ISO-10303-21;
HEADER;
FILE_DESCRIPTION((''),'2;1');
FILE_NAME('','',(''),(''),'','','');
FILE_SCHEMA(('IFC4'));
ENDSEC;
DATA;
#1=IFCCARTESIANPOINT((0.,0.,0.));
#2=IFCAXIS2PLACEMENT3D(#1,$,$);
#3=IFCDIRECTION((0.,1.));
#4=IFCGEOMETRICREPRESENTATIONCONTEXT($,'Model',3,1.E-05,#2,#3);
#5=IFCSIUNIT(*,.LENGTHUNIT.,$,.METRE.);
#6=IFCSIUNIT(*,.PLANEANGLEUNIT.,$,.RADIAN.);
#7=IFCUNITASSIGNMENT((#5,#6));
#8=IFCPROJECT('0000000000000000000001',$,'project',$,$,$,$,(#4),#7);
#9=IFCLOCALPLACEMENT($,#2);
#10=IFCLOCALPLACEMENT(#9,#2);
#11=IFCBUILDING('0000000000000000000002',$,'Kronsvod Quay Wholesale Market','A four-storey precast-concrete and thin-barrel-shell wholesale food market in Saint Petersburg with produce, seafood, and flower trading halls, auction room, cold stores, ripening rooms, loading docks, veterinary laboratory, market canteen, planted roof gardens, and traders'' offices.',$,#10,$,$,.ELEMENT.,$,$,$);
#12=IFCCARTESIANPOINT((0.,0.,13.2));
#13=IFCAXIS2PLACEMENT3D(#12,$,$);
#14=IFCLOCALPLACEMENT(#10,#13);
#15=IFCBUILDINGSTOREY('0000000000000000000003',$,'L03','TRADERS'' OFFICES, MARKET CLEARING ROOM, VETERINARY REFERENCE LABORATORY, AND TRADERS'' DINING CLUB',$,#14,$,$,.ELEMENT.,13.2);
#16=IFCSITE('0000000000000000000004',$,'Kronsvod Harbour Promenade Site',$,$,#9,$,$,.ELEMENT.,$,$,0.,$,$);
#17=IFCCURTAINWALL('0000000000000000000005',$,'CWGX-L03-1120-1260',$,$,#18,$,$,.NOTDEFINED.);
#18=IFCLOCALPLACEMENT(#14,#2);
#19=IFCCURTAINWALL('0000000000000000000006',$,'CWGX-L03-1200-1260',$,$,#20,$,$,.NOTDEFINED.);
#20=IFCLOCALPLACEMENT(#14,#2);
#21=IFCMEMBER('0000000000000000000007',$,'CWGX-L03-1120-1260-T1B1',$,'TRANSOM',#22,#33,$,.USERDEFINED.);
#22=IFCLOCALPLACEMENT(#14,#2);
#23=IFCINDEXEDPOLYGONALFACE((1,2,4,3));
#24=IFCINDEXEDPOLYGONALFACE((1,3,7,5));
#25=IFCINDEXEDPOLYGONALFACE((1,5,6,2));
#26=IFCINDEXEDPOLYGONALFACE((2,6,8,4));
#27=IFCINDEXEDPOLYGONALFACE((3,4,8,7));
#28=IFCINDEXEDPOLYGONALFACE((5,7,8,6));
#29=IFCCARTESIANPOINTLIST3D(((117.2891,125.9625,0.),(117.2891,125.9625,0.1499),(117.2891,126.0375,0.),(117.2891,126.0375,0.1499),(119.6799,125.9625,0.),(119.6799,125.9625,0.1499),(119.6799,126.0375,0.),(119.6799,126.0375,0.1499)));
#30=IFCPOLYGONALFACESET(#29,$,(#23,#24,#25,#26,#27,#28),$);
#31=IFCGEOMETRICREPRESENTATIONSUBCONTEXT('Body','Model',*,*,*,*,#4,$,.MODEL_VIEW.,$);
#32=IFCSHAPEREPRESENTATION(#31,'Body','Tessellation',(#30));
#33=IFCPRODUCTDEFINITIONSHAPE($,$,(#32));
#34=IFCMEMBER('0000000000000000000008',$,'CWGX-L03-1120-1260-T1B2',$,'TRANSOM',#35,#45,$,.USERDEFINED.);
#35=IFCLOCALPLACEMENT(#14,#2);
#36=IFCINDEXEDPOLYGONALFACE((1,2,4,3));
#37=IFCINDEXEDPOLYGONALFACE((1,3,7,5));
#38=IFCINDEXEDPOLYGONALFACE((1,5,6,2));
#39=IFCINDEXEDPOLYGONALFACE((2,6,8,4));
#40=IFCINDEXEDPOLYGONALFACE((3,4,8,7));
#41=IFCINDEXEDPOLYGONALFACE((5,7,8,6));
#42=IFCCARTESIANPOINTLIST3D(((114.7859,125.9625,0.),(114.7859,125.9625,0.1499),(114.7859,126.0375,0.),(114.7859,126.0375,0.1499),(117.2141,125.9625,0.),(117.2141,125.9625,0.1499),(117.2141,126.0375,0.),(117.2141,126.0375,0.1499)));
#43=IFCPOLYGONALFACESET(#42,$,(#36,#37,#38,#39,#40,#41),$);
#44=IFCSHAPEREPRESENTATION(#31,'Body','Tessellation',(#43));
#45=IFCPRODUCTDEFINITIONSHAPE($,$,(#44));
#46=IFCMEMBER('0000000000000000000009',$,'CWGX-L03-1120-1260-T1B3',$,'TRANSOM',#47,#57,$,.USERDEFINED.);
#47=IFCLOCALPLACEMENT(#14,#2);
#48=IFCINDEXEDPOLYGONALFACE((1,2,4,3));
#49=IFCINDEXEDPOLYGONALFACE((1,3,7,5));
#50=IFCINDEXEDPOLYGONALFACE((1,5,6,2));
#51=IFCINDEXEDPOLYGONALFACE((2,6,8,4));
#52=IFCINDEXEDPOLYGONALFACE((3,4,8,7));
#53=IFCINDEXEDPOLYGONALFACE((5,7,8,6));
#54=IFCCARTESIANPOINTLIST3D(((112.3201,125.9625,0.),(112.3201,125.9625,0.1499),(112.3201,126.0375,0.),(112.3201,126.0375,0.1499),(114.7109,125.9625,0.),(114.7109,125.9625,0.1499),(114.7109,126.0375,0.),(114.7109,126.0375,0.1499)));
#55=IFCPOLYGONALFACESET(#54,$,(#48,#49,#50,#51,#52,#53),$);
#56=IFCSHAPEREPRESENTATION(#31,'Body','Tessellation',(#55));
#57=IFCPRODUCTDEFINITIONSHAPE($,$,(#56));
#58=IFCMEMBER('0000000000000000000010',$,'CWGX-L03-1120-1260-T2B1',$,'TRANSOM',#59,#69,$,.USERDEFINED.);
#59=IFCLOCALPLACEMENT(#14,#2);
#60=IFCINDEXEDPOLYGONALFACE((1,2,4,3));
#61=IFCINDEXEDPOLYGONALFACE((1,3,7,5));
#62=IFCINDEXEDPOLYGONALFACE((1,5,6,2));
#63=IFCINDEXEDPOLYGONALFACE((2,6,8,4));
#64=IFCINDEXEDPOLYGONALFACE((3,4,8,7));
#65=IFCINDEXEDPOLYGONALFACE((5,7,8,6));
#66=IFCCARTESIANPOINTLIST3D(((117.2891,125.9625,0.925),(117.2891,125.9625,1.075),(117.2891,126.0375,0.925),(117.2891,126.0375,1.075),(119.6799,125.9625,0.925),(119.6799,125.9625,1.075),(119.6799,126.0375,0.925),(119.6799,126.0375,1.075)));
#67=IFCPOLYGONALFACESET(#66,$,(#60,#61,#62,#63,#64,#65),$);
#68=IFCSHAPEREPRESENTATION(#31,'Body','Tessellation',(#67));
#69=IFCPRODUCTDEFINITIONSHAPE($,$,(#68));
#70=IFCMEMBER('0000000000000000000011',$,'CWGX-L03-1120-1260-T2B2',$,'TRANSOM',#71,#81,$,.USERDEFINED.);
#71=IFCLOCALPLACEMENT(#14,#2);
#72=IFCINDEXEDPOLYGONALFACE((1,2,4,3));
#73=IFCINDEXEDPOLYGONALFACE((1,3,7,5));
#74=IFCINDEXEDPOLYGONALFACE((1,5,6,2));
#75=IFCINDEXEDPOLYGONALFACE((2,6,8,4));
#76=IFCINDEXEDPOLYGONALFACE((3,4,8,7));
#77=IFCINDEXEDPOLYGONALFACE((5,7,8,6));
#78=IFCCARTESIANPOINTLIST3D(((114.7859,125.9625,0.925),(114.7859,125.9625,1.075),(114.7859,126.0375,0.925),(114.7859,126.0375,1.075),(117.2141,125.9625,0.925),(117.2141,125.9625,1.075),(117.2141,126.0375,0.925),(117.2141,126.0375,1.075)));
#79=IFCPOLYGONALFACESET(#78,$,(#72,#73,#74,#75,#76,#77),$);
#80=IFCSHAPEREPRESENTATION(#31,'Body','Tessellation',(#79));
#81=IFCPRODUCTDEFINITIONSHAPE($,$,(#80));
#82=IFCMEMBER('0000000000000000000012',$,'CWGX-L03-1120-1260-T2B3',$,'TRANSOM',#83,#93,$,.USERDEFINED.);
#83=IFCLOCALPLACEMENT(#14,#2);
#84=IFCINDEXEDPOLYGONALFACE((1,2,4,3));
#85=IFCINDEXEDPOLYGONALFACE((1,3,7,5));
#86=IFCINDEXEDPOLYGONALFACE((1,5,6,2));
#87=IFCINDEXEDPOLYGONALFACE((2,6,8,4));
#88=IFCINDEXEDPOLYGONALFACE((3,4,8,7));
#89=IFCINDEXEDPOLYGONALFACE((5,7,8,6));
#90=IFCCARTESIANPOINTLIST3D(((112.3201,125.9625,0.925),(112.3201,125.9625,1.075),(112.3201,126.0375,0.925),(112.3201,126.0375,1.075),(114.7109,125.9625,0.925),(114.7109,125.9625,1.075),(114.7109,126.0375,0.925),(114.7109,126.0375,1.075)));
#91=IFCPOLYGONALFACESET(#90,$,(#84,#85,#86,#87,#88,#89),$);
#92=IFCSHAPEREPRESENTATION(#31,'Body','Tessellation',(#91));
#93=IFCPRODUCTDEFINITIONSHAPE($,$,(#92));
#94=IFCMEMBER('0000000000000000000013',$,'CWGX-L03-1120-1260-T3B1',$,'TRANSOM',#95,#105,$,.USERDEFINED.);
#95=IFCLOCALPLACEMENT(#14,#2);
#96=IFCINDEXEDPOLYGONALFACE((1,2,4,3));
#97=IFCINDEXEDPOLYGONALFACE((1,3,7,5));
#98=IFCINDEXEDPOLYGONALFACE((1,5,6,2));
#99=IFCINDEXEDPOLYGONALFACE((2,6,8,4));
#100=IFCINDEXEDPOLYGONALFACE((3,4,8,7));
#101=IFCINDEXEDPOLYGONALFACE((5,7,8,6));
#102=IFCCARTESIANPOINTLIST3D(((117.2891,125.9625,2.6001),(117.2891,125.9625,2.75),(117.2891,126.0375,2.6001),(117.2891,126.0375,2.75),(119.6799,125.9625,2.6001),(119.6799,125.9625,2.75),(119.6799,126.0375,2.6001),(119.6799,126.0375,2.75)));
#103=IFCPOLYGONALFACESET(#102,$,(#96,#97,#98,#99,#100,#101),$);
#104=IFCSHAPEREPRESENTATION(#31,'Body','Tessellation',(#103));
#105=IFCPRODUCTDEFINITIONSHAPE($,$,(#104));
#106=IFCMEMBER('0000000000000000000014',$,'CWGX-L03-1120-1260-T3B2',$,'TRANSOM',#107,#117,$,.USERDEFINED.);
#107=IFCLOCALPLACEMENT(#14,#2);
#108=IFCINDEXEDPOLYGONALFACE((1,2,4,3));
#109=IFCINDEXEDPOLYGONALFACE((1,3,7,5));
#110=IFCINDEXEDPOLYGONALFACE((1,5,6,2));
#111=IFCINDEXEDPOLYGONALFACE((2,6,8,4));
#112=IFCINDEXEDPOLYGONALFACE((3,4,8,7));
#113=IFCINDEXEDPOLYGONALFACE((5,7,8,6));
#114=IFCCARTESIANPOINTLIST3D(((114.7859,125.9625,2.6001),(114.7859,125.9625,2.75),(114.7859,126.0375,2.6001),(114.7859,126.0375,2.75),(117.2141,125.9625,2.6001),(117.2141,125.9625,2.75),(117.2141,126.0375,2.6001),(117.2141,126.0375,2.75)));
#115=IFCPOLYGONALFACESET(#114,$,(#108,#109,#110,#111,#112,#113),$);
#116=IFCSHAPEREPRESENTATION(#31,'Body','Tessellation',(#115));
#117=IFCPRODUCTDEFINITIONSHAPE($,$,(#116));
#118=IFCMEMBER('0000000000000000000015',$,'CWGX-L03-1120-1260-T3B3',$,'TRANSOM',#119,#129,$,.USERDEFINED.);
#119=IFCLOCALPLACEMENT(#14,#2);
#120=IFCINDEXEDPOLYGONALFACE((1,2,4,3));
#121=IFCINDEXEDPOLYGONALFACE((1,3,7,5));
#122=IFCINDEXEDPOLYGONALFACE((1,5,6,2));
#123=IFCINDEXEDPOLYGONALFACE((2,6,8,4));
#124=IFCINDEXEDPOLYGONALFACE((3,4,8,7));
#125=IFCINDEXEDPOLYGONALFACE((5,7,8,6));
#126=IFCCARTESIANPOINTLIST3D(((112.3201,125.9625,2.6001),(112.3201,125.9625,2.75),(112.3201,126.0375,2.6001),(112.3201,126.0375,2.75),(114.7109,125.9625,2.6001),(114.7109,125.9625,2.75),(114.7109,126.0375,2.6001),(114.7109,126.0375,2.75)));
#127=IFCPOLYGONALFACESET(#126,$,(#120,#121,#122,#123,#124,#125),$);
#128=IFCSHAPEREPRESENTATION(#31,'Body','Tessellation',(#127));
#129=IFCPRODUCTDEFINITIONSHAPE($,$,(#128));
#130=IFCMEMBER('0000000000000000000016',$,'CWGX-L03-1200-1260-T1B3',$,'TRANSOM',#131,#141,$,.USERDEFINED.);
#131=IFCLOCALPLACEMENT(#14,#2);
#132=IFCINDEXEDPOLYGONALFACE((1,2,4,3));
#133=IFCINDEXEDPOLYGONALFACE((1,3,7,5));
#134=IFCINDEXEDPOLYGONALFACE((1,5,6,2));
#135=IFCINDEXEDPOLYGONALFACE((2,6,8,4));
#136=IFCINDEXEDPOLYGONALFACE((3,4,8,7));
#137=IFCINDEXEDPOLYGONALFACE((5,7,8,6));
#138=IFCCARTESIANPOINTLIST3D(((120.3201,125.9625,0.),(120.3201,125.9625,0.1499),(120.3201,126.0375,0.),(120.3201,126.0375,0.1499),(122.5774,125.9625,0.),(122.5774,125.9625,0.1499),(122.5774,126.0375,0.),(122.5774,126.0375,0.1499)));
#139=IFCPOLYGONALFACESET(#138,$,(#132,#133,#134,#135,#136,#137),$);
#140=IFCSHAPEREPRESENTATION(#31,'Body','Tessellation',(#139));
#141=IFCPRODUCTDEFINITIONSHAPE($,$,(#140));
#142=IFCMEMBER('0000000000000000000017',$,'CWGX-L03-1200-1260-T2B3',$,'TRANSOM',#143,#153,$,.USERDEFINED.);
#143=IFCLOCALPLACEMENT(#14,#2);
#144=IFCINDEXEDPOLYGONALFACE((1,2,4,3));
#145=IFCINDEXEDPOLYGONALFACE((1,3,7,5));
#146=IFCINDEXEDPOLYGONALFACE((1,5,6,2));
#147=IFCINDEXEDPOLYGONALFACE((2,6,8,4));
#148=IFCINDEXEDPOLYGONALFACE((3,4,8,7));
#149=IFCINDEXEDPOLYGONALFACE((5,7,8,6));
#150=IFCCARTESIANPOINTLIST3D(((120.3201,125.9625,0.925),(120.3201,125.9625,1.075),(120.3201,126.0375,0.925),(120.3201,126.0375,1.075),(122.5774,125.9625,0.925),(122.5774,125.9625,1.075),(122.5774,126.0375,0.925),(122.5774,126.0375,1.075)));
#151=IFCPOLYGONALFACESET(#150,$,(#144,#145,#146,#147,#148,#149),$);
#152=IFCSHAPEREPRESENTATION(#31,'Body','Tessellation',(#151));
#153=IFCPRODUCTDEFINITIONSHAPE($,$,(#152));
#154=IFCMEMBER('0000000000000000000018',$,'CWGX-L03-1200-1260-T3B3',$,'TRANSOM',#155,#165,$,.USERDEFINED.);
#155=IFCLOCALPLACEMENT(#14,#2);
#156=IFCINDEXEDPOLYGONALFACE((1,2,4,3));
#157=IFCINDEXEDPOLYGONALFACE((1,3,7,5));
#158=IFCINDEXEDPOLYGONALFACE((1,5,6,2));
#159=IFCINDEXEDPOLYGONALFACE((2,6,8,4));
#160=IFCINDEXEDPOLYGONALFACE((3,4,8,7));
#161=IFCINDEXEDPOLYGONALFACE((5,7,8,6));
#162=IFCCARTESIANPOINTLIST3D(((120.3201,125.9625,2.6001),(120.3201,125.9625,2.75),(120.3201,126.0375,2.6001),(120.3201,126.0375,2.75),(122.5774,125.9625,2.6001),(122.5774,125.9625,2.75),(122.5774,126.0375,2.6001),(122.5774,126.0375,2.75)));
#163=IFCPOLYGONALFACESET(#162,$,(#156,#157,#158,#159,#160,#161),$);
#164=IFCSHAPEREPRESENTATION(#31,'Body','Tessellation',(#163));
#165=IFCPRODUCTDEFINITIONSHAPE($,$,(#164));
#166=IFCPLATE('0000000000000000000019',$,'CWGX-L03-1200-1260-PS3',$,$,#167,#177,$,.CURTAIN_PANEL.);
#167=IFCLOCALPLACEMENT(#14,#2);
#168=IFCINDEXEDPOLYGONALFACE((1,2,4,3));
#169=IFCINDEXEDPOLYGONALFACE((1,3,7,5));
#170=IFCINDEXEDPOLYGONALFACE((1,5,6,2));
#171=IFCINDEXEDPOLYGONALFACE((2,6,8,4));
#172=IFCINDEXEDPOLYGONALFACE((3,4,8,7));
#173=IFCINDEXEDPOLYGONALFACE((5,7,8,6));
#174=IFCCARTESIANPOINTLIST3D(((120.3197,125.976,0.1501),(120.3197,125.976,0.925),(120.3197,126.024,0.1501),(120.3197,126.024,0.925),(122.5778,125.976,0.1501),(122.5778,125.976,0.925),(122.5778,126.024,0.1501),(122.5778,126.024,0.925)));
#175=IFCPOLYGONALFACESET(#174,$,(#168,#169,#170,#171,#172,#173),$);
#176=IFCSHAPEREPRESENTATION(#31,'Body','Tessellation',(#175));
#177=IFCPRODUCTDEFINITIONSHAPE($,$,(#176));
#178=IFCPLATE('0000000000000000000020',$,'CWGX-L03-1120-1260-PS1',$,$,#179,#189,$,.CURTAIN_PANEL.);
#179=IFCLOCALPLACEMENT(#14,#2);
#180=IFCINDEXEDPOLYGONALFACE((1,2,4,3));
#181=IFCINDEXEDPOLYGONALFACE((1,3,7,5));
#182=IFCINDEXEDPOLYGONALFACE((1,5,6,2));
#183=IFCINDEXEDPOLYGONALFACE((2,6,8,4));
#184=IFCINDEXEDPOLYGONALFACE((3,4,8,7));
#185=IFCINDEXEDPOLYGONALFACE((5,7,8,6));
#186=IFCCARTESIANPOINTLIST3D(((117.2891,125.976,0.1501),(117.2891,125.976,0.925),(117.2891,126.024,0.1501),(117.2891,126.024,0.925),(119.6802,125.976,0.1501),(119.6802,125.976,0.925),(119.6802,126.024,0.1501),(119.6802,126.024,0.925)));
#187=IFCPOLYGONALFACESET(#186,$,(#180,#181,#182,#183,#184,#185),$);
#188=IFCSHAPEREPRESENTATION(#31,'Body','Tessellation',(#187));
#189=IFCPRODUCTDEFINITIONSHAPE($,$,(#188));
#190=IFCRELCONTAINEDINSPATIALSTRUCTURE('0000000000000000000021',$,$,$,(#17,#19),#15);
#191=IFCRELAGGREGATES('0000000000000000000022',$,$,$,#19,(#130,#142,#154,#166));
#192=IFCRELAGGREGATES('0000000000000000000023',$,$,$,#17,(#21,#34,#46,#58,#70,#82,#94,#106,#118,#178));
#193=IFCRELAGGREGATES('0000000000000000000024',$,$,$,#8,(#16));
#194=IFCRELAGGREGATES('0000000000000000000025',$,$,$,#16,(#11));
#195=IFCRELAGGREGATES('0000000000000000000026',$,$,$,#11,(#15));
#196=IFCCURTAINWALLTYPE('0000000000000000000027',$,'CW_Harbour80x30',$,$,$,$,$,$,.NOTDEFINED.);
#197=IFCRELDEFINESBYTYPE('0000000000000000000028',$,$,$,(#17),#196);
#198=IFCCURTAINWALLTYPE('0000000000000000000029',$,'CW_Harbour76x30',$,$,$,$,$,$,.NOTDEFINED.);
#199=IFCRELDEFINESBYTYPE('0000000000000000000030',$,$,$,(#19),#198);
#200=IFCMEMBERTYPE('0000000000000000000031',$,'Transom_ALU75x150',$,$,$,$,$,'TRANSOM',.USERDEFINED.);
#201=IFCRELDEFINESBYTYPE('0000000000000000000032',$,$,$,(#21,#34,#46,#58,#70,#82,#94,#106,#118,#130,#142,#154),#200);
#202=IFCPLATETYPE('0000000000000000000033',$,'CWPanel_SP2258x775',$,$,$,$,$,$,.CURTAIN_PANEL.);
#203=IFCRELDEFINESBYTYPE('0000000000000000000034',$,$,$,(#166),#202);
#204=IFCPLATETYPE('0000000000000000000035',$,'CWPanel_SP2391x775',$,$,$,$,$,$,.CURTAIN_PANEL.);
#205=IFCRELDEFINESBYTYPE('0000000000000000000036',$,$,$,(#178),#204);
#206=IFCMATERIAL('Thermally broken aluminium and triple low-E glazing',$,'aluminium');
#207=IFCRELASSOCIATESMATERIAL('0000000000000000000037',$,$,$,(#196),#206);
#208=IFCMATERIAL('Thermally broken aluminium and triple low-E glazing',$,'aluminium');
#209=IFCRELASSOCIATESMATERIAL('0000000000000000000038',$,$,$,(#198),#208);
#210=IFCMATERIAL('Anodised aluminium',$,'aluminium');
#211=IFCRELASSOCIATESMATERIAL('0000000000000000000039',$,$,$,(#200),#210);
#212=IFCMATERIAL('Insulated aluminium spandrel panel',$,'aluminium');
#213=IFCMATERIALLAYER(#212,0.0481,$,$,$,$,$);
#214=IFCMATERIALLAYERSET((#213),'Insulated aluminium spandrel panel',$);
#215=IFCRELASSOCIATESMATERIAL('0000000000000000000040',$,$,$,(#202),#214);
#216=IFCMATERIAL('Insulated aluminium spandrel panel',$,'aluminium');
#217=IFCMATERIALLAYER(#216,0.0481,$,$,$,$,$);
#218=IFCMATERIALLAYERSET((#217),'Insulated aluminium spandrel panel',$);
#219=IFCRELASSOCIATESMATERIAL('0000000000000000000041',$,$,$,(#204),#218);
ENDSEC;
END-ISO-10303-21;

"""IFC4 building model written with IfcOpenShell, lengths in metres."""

from ifc_helpers import new_model, si_unit, direction, frame, origin, origin_2d, place, context, subcontext, project, spatial, rectangle, extrude, material, layer, layer_set, material_profile, profile_set, type_object, element, aggregate, save


model = new_model("IFC4")

# Units and contexts
model_context = context("Model", 3, precision=1e-05, world=origin(), true_north=direction((0.0, 1.0)))
body_context = subcontext(model_context, "Body", "Model", "MODEL_VIEW")
ifc_project = project(units=[si_unit("LENGTHUNIT", "METRE"), si_unit("PLANEANGLEUNIT", "RADIAN")], contexts=[model_context])

# Site, building, storey
site_placement = place(None, origin())
site = spatial("IfcSite", under=ifc_project, at=site_placement, Name="Kronsvod Harbour Promenade Site", CompositionType="ELEMENT", RefElevation=0.0)
building_placement = place(site_placement, origin())
building = spatial("IfcBuilding", under=site, at=building_placement, Name="Kronsvod Quay Wholesale Market", Description="A four-storey precast-concrete and thin-barrel-shell wholesale food market in Saint Petersburg with produce, seafood, and flower trading halls, auction room, cold stores, ripening rooms, loading docks, veterinary laboratory, market canteen, planted roof gardens, and traders' offices.", CompositionType="ELEMENT")
storey_placement = place(building_placement, frame((0.0, 0.0, 13.2)))
storey = spatial("IfcBuildingStorey", under=building, at=storey_placement, Name="L03", Description="TRADERS' OFFICES, MARKET CLEARING ROOM, VETERINARY REFERENCE LABORATORY, AND TRADERS' DINING CLUB", CompositionType="ELEMENT", Elevation=13.2)

# Shared definitions
ifc_material_1 = material(Name="Thermally broken aluminium and triple low-E glazing", Category="aluminium")
curtain_wall_type_1 = type_object("IfcCurtainWallType", Name="CW_Harbour80x30", PredefinedType="NOTDEFINED", material=ifc_material_1)

# Curtain walls
curtain_wall_1_placement = place(storey_placement, origin())
curtain_wall_1 = element("IfcCurtainWall", 1, at=curtain_wall_1_placement, inside=storey, type_object=curtain_wall_type_1, Name="CWGX-L03-1120-1260", PredefinedType="NOTDEFINED")
ifc_material_2 = material(Name="Thermally broken aluminium and triple low-E glazing", Category="aluminium")
curtain_wall_type_2 = type_object("IfcCurtainWallType", Name="CW_Harbour76x30", PredefinedType="NOTDEFINED", material=ifc_material_2)
curtain_wall_2_placement = place(storey_placement, origin())
curtain_wall_2 = element("IfcCurtainWall", 2, at=curtain_wall_2_placement, inside=storey, type_object=curtain_wall_type_2, Name="CWGX-L03-1200-1260", PredefinedType="NOTDEFINED")

# Members
ifc_material_3 = material(Name="Anodised aluminium", Category="aluminium")
ifc_material_profile_1 = material_profile(ifc_material_3, rectangle(XDim=0.075, YDim=0.1499, at=origin_2d()), Name="ALUT75x150")
ifc_profile_set_1 = profile_set([ifc_material_profile_1], Name="Anodised aluminium")
member_type_1 = type_object("IfcMemberType", Name="Transom_ALU75x150", ElementType="TRANSOM", PredefinedType="USERDEFINED", material=ifc_profile_set_1)
member_1_placement = place(storey_placement, frame((119.6799, 126.0, 0.075), z_axis=(-1.0, 0.0, 0.0), x_axis=(0.0, -1.0, 0.0)))
member_1 = element("IfcMember", 3, at=member_1_placement, type_object=member_type_1, Name="CWGX-L03-1120-1260-T1B1", ObjectType="TRANSOM", PredefinedType="USERDEFINED", context=body_context, shape_type="SweptSolid", body=[
    extrude(rectangle(XDim=0.075, YDim=0.1499, at=origin_2d()), origin(), (0.0, 0.0, 1.0), 2.3909),
])
member_2_placement = place(storey_placement, frame((117.2141, 126.0, 0.075), z_axis=(-1.0, 0.0, 0.0), x_axis=(0.0, -1.0, 0.0)))
member_2 = element("IfcMember", 4, at=member_2_placement, type_object=member_type_1, Name="CWGX-L03-1120-1260-T1B2", ObjectType="TRANSOM", PredefinedType="USERDEFINED", context=body_context, shape_type="SweptSolid", body=[
    extrude(rectangle(XDim=0.075, YDim=0.1499, at=origin_2d()), origin(), (0.0, 0.0, 1.0), 2.4282),
])
member_3_placement = place(storey_placement, frame((114.7109, 126.0, 0.075), z_axis=(-1.0, 0.0, 0.0), x_axis=(0.0, -1.0, 0.0)))
member_3 = element("IfcMember", 5, at=member_3_placement, type_object=member_type_1, Name="CWGX-L03-1120-1260-T1B3", ObjectType="TRANSOM", PredefinedType="USERDEFINED", context=body_context, shape_type="SweptSolid", body=[
    extrude(rectangle(XDim=0.075, YDim=0.1499, at=origin_2d()), origin(), (0.0, 0.0, 1.0), 2.3909),
])
member_4_placement = place(storey_placement, frame((119.6799, 126.0, 1.0), z_axis=(-1.0, 0.0, 0.0), x_axis=(0.0, -1.0, 0.0)))
member_4 = element("IfcMember", 6, at=member_4_placement, type_object=member_type_1, Name="CWGX-L03-1120-1260-T2B1", ObjectType="TRANSOM", PredefinedType="USERDEFINED", context=body_context, shape_type="SweptSolid", body=[
    extrude(rectangle(XDim=0.075, YDim=0.1499, at=origin_2d()), origin(), (0.0, 0.0, 1.0), 2.3909),
])
member_5_placement = place(storey_placement, frame((117.2141, 126.0, 1.0), z_axis=(-1.0, 0.0, 0.0), x_axis=(0.0, -1.0, 0.0)))
member_5 = element("IfcMember", 7, at=member_5_placement, type_object=member_type_1, Name="CWGX-L03-1120-1260-T2B2", ObjectType="TRANSOM", PredefinedType="USERDEFINED", context=body_context, shape_type="SweptSolid", body=[
    extrude(rectangle(XDim=0.075, YDim=0.1499, at=origin_2d()), origin(), (0.0, 0.0, 1.0), 2.4282),
])
member_6_placement = place(storey_placement, frame((114.7109, 126.0, 1.0), z_axis=(-1.0, 0.0, 0.0), x_axis=(0.0, -1.0, 0.0)))
member_6 = element("IfcMember", 8, at=member_6_placement, type_object=member_type_1, Name="CWGX-L03-1120-1260-T2B3", ObjectType="TRANSOM", PredefinedType="USERDEFINED", context=body_context, shape_type="SweptSolid", body=[
    extrude(rectangle(XDim=0.075, YDim=0.1499, at=origin_2d()), origin(), (0.0, 0.0, 1.0), 2.3909),
])
member_7_placement = place(storey_placement, frame((119.6799, 126.0, 2.675), z_axis=(-1.0, 0.0, 0.0), x_axis=(0.0, -1.0, 0.0)))
member_7 = element("IfcMember", 9, at=member_7_placement, type_object=member_type_1, Name="CWGX-L03-1120-1260-T3B1", ObjectType="TRANSOM", PredefinedType="USERDEFINED", context=body_context, shape_type="SweptSolid", body=[
    extrude(rectangle(XDim=0.075, YDim=0.1499, at=origin_2d()), origin(), (0.0, 0.0, 1.0), 2.3909),
])
member_8_placement = place(storey_placement, frame((117.2141, 126.0, 2.675), z_axis=(-1.0, 0.0, 0.0), x_axis=(0.0, -1.0, 0.0)))
member_8 = element("IfcMember", 10, at=member_8_placement, type_object=member_type_1, Name="CWGX-L03-1120-1260-T3B2", ObjectType="TRANSOM", PredefinedType="USERDEFINED", context=body_context, shape_type="SweptSolid", body=[
    extrude(rectangle(XDim=0.075, YDim=0.1499, at=origin_2d()), origin(), (0.0, 0.0, 1.0), 2.4282),
])
member_9_placement = place(storey_placement, frame((114.7109, 126.0, 2.675), z_axis=(-1.0, 0.0, 0.0), x_axis=(0.0, -1.0, 0.0)))
member_9 = element("IfcMember", 11, at=member_9_placement, type_object=member_type_1, Name="CWGX-L03-1120-1260-T3B3", ObjectType="TRANSOM", PredefinedType="USERDEFINED", context=body_context, shape_type="SweptSolid", body=[
    extrude(rectangle(XDim=0.075, YDim=0.1499, at=origin_2d()), origin(), (0.0, 0.0, 1.0), 2.3909),
])
member_10_placement = place(storey_placement, frame((122.5774, 126.0, 0.075), z_axis=(-1.0, 0.0, 0.0), x_axis=(0.0, -1.0, 0.0)))
member_10 = element("IfcMember", 12, at=member_10_placement, type_object=member_type_1, Name="CWGX-L03-1200-1260-T1B3", ObjectType="TRANSOM", PredefinedType="USERDEFINED", context=body_context, shape_type="SweptSolid", body=[
    extrude(rectangle(XDim=0.075, YDim=0.1499, at=origin_2d()), origin(), (0.0, 0.0, 1.0), 2.2573),
])
member_11_placement = place(storey_placement, frame((122.5774, 126.0, 1.0), z_axis=(-1.0, 0.0, 0.0), x_axis=(0.0, -1.0, 0.0)))
member_11 = element("IfcMember", 13, at=member_11_placement, type_object=member_type_1, Name="CWGX-L03-1200-1260-T2B3", ObjectType="TRANSOM", PredefinedType="USERDEFINED", context=body_context, shape_type="SweptSolid", body=[
    extrude(rectangle(XDim=0.075, YDim=0.1499, at=origin_2d()), origin(), (0.0, 0.0, 1.0), 2.2573),
])
member_12_placement = place(storey_placement, frame((122.5774, 126.0, 2.675), z_axis=(-1.0, 0.0, 0.0), x_axis=(0.0, -1.0, 0.0)))
member_12 = element("IfcMember", 14, at=member_12_placement, type_object=member_type_1, Name="CWGX-L03-1200-1260-T3B3", ObjectType="TRANSOM", PredefinedType="USERDEFINED", context=body_context, shape_type="SweptSolid", body=[
    extrude(rectangle(XDim=0.075, YDim=0.1499, at=origin_2d()), origin(), (0.0, 0.0, 1.0), 2.2573),
])

# Plates
ifc_material_4 = material(Name="Insulated aluminium spandrel panel", Category="aluminium")
ifc_layer_1 = layer(ifc_material_4, 0.0481)
ifc_layer_set_1 = layer_set([ifc_layer_1], Name="Insulated aluminium spandrel panel")
plate_type_1 = type_object("IfcPlateType", Name="CWPanel_SP2258x775", PredefinedType="CURTAIN_PANEL", material=ifc_layer_set_1)
plate_1_placement = place(storey_placement, frame((121.4487, 126.0, 0.1501), z_axis=(0.0, 0.0, 1.0), x_axis=(-1.0, 0.0, 0.0)))
plate_1 = element("IfcPlate", 15, at=plate_1_placement, type_object=plate_type_1, Name="CWGX-L03-1200-1260-PS3", PredefinedType="CURTAIN_PANEL", context=body_context, shape_type="SweptSolid", body=[
    extrude(rectangle(XDim=2.2581, YDim=0.0481, at=origin_2d()), origin(), (0.0, 0.0, 1.0), 0.7749),
])
ifc_material_5 = material(Name="Insulated aluminium spandrel panel", Category="aluminium")
ifc_layer_2 = layer(ifc_material_5, 0.0481)
ifc_layer_set_2 = layer_set([ifc_layer_2], Name="Insulated aluminium spandrel panel")
plate_type_2 = type_object("IfcPlateType", Name="CWPanel_SP2391x775", PredefinedType="CURTAIN_PANEL", material=ifc_layer_set_2)
plate_2_placement = place(storey_placement, frame((118.4846, 126.0, 0.1501), z_axis=(0.0, 0.0, 1.0), x_axis=(-1.0, 0.0, 0.0)))
plate_2 = element("IfcPlate", 16, at=plate_2_placement, type_object=plate_type_2, Name="CWGX-L03-1120-1260-PS1", PredefinedType="CURTAIN_PANEL", context=body_context, shape_type="SweptSolid", body=[
    extrude(rectangle(XDim=2.3911, YDim=0.0481, at=origin_2d()), origin(), (0.0, 0.0, 1.0), 0.7749),
])
aggregate(curtain_wall_2, [member_10, member_11, member_12, plate_1])
aggregate(curtain_wall_1, [member_1, member_2, member_3, member_4, member_5, member_6, member_7, member_8, member_9, plate_2])

save(model, "model.ifc")
